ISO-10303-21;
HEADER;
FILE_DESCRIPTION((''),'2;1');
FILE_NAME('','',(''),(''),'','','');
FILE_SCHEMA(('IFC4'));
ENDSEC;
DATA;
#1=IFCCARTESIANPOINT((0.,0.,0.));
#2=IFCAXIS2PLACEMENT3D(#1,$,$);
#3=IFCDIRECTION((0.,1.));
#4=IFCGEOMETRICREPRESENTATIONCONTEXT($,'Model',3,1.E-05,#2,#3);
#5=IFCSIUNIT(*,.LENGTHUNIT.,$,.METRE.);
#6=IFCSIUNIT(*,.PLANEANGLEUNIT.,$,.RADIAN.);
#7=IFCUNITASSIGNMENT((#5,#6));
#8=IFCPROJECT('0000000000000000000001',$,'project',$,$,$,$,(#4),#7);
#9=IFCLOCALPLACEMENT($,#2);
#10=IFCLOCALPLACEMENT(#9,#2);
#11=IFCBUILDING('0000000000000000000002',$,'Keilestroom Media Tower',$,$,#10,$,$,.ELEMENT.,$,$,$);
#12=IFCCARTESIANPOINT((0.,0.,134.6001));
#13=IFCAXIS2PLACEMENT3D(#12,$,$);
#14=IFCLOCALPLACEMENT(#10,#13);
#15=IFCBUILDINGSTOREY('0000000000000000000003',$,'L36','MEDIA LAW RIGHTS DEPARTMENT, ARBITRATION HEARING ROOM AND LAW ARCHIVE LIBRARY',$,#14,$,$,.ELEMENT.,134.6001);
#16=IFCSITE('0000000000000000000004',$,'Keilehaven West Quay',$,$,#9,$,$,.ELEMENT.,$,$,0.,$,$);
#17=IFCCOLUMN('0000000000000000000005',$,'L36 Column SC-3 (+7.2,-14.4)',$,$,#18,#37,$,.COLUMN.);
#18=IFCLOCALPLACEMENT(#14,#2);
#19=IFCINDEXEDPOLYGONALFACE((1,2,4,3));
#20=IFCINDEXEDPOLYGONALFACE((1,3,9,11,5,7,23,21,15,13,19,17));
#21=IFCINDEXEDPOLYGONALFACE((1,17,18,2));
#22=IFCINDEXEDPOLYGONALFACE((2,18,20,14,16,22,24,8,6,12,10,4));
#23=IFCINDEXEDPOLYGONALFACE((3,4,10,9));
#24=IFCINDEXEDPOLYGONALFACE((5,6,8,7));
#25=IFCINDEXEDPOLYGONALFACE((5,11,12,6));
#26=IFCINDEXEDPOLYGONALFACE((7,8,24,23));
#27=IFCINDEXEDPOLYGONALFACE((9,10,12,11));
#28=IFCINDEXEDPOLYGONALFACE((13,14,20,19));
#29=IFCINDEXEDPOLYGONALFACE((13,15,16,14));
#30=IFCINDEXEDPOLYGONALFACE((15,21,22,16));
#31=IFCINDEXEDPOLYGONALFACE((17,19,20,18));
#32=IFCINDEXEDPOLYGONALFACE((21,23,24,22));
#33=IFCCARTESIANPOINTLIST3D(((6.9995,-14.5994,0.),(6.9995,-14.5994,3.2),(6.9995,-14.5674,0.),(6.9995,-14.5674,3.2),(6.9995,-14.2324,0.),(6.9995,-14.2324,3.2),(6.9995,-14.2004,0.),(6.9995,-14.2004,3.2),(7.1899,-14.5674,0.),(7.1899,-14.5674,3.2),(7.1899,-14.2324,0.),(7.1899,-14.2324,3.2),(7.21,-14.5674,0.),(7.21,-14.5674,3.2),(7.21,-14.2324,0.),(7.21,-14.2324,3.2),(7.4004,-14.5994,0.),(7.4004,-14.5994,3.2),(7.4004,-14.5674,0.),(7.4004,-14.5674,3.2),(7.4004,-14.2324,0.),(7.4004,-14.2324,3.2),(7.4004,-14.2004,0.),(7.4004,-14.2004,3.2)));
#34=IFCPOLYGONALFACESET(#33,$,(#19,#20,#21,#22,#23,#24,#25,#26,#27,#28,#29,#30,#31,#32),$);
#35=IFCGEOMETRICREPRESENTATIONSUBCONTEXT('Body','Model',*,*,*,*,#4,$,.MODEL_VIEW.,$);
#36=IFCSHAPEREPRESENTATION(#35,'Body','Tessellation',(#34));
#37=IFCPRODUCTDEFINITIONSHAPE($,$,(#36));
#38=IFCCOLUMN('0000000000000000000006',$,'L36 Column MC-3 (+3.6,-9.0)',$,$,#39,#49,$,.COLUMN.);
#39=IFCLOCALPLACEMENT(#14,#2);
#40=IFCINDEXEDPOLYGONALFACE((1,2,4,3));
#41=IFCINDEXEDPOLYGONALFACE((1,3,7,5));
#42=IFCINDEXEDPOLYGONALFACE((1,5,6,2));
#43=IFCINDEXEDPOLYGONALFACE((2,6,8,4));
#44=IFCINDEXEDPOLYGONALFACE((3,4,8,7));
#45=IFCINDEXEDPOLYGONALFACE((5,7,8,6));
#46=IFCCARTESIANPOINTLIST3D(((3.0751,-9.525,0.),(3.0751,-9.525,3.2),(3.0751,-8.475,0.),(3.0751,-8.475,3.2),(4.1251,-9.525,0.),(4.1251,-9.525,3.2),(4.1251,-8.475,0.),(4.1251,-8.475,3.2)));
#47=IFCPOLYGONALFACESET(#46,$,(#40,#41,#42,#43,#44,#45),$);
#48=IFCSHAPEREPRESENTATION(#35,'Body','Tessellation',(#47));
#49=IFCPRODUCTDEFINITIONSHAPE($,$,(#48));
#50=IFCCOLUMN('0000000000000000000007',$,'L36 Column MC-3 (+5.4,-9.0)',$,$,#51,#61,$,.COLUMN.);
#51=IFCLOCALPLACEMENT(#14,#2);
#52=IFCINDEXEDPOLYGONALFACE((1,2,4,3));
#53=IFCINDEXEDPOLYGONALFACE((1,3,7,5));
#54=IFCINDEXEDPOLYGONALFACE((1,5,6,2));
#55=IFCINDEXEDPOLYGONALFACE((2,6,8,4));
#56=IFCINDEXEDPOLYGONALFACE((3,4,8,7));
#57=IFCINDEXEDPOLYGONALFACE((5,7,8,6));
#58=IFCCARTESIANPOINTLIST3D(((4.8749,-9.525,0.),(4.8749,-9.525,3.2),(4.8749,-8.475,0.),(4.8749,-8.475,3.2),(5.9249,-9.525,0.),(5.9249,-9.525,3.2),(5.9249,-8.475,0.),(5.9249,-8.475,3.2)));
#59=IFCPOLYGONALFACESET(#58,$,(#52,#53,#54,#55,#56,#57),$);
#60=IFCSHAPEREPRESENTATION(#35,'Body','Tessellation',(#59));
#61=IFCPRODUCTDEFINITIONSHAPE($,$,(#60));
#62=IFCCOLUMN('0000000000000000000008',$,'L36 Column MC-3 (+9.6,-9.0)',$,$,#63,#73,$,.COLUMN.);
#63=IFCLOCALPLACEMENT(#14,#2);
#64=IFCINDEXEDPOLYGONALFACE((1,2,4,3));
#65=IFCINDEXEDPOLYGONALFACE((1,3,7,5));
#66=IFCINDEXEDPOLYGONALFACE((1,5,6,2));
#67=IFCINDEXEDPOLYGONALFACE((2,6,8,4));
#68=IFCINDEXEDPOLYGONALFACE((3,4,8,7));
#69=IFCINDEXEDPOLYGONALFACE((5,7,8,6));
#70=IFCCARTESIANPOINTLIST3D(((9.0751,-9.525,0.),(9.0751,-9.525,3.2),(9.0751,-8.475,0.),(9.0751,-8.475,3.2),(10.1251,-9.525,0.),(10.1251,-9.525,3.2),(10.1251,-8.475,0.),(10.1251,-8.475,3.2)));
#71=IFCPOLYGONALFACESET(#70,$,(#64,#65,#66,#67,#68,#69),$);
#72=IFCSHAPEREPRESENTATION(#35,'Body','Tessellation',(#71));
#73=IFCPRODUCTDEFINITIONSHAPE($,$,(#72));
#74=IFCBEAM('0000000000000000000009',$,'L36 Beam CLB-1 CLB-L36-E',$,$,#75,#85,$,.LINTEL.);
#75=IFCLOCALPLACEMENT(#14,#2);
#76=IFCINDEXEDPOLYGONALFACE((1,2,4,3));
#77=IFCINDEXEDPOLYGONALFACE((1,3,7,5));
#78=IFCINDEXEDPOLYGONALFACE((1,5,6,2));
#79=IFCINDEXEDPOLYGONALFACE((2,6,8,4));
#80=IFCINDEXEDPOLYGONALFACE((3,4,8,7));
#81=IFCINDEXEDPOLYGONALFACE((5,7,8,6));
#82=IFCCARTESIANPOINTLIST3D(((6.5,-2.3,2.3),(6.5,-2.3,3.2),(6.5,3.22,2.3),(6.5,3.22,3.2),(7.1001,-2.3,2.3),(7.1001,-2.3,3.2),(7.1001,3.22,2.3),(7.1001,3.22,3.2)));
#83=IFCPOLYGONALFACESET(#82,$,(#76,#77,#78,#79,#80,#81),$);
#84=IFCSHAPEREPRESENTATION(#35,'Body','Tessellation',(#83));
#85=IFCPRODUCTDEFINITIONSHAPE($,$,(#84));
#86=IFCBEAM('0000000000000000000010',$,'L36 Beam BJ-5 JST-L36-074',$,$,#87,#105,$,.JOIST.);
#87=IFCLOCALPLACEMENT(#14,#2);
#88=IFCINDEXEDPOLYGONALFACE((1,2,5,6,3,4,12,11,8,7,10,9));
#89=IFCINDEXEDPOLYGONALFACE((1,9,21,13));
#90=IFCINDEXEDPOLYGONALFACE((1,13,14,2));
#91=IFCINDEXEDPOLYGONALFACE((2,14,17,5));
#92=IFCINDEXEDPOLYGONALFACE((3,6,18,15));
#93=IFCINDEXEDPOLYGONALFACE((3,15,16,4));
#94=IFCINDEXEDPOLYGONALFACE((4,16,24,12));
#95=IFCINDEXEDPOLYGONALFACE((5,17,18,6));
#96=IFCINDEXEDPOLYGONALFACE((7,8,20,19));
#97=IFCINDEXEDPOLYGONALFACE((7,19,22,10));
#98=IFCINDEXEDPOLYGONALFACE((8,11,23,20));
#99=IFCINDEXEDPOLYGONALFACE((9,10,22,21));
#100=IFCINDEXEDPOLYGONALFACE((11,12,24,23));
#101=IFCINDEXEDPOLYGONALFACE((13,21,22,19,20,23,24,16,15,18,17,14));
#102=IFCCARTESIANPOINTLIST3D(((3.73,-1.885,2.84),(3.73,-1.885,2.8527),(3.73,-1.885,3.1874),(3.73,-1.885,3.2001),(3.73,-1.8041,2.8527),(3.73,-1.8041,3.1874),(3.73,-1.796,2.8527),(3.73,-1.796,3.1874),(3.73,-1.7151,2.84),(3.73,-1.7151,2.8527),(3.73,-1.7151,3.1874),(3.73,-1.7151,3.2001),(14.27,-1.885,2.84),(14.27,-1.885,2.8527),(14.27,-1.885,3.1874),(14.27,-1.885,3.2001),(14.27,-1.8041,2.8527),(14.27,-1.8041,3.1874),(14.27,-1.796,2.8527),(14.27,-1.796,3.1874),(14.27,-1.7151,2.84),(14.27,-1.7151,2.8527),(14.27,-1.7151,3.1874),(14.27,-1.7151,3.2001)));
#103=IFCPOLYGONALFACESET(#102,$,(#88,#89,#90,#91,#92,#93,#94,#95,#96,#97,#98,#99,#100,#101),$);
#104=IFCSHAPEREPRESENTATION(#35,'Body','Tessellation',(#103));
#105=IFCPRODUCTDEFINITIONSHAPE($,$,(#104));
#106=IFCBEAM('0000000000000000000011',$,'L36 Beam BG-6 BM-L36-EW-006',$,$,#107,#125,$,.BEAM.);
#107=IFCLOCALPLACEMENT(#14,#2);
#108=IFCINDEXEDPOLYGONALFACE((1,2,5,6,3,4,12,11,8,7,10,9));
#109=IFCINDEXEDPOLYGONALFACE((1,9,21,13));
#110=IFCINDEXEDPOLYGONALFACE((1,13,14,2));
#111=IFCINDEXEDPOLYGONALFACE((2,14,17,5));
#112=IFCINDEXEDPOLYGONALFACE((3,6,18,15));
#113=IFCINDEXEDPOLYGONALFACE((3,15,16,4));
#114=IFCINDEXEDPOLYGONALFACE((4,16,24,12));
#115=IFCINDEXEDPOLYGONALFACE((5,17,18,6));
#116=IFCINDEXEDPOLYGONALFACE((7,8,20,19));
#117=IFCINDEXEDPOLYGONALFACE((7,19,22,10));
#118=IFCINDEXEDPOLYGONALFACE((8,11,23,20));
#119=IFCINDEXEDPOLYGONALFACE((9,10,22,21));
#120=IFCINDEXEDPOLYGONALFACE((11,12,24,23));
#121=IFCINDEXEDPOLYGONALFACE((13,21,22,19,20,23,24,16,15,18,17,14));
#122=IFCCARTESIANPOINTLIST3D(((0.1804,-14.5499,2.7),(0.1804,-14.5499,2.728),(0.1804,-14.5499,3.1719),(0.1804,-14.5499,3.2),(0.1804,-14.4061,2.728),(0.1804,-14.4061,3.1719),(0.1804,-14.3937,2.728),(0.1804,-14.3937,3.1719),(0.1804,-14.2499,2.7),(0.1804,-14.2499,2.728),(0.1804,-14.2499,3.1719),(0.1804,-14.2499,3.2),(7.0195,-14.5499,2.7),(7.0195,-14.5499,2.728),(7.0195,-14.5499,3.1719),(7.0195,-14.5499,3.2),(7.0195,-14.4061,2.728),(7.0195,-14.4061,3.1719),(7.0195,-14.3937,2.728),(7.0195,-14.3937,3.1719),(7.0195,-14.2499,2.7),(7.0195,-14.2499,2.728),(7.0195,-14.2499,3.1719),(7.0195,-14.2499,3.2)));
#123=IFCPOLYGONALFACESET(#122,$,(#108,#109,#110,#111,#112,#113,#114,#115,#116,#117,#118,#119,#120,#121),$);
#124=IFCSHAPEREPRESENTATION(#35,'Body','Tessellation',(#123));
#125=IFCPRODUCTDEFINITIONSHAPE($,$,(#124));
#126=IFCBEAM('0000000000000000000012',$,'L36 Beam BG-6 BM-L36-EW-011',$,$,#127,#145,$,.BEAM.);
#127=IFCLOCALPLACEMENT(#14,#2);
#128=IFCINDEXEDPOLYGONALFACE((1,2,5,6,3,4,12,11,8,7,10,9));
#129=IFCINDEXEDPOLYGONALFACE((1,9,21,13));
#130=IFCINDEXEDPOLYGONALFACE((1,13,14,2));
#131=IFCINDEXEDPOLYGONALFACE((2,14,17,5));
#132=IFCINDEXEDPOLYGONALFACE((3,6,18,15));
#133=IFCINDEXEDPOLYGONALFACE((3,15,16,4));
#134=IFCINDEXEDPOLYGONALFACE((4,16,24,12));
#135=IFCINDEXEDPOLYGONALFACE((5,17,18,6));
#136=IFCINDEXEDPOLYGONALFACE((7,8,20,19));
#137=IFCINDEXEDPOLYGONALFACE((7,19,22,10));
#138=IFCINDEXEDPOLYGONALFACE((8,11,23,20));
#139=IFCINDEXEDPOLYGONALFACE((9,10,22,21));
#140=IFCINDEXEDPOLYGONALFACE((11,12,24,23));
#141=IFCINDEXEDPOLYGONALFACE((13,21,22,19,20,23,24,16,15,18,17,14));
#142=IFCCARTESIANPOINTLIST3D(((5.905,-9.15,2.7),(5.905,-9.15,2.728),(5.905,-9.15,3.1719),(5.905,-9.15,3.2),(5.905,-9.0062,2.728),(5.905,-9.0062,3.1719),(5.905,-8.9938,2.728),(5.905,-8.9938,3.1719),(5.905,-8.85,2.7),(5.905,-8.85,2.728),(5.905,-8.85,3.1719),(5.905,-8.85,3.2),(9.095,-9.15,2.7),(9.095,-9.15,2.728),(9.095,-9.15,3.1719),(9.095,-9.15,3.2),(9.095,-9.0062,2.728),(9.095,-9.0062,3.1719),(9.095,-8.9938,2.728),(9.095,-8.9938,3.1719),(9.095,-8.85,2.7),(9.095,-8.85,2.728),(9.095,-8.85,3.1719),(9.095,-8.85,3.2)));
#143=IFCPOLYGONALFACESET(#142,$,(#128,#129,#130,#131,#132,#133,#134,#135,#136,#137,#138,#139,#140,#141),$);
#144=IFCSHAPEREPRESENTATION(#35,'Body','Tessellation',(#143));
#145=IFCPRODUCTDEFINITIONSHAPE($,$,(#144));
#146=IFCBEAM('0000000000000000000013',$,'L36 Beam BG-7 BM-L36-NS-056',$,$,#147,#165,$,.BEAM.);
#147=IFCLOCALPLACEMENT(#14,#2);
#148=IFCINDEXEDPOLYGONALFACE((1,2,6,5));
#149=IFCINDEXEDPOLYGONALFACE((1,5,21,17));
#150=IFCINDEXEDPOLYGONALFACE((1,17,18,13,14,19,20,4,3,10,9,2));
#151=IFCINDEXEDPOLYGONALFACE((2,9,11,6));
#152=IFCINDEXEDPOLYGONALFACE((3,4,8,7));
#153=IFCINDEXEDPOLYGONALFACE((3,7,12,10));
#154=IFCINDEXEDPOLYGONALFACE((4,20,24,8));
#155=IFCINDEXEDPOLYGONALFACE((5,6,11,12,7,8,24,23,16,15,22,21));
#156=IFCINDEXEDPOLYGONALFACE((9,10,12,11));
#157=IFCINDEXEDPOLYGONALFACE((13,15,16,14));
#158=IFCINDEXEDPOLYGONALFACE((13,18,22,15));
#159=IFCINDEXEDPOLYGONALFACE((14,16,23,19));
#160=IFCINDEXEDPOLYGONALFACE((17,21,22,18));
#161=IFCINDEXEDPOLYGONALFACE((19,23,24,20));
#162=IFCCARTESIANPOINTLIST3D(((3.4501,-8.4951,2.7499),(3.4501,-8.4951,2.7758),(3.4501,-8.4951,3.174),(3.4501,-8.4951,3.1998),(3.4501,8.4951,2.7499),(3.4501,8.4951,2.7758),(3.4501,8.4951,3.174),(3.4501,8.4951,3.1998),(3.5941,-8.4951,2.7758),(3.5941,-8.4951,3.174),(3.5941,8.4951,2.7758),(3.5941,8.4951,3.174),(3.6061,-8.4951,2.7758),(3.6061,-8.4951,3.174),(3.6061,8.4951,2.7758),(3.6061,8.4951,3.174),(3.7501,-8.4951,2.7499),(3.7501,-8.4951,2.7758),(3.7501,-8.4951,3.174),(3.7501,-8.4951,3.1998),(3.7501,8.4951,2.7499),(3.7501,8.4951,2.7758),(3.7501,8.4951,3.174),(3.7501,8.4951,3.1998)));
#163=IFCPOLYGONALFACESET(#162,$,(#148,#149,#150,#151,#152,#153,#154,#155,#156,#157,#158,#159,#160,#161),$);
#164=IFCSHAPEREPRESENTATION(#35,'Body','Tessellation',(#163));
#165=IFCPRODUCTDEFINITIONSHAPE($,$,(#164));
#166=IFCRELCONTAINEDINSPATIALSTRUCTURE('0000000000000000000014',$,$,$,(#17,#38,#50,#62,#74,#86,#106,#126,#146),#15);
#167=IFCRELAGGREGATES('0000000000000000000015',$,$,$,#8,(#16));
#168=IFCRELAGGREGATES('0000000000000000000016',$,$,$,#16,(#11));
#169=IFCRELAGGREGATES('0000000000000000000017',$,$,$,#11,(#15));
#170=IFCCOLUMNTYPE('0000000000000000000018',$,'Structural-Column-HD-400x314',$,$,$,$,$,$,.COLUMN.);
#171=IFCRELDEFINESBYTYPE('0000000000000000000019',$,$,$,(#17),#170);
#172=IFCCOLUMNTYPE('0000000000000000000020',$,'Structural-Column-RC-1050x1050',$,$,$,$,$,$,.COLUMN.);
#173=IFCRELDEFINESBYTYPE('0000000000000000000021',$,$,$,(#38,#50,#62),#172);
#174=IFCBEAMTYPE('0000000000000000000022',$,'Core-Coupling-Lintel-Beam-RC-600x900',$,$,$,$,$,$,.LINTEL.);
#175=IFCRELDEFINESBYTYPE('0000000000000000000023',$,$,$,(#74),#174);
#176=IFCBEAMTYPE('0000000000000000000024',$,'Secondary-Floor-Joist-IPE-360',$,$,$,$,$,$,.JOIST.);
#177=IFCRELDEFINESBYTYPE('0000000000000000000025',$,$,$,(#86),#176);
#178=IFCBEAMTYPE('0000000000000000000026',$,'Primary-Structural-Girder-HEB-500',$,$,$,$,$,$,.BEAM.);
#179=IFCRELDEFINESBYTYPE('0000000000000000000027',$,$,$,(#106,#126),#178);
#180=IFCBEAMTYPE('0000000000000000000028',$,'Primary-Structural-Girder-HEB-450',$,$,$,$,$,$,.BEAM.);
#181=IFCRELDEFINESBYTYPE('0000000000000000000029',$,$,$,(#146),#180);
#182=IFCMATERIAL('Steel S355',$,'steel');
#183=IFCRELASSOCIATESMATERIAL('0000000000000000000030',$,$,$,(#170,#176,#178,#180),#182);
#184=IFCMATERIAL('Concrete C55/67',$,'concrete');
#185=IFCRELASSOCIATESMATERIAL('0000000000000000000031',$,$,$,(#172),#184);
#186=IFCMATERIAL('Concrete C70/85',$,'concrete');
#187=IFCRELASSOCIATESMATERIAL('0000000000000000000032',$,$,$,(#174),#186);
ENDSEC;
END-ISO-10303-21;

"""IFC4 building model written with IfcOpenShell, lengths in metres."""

from ifc_helpers import new_model, si_unit, direction, frame, origin, origin_2d, place, context, subcontext, project, spatial, rectangle, i_section, extrude, source, transform, mapped, material, material_profile, profile_set, type_object, element, save


model = new_model("IFC4")

# Units and contexts
model_context = context("Model", 3, precision=1e-05, world=origin(), true_north=direction((0.0, 1.0)))
body_context = subcontext(model_context, "Body", "Model", "MODEL_VIEW")
ifc_project = project(units=[si_unit("LENGTHUNIT", "METRE"), si_unit("PLANEANGLEUNIT", "RADIAN")], contexts=[model_context])

# Site, building, storey
site_placement = place(None, origin())
site = spatial("IfcSite", under=ifc_project, at=site_placement, Name="Keilehaven West Quay", CompositionType="ELEMENT", RefElevation=0.0)
building_placement = place(site_placement, origin())
building = spatial("IfcBuilding", under=site, at=building_placement, Name="Keilestroom Media Tower", CompositionType="ELEMENT")
storey_placement = place(building_placement, frame((0.0, 0.0, 134.6001)))
storey = spatial("IfcBuildingStorey", under=building, at=storey_placement, Name="L36", Description="MEDIA LAW RIGHTS DEPARTMENT, ARBITRATION HEARING ROOM AND LAW ARCHIVE LIBRARY", CompositionType="ELEMENT", Elevation=134.6001)

# Columns
ifc_material_1 = material(Name="Steel S355", Category="steel")
ifc_material_profile_1 = material_profile(ifc_material_1, i_section(OverallWidth=0.4009, OverallDepth=0.3989, WebThickness=0.02, FlangeThickness=0.032, at=origin_2d()), Name="HD 400x314")
ifc_profile_set_1 = profile_set([ifc_material_profile_1], Name="Steel S355")
column_type_1 = type_object("IfcColumnType", Name="Structural-Column-HD-400x314", PredefinedType="COLUMN", material=ifc_profile_set_1)
shared_shape_1 = source(origin(), body_context, "Body", "SweptSolid", [
    extrude(i_section(OverallWidth=0.4009, OverallDepth=0.3989, WebThickness=0.02, FlangeThickness=0.032, at=origin_2d()), origin(), (0.0, 0.0, 1.0), 3.2),
])
column_placement = place(storey_placement, frame((7.2, -14.3999, 0.0), z_axis=(0.0, 0.0, 1.0), x_axis=(1.0, 0.0, 0.0)))
element("IfcColumn", 1, at=column_placement, inside=storey, type_object=column_type_1, Name="L36 Column SC-3 (+7.2,-14.4)", PredefinedType="COLUMN", context=body_context, shape_type="MappedRepresentation", body=[
    mapped(shared_shape_1, transform((0.0, 0.0, 0.0), x_axis=(1.0, 0.0, 0.0), y_axis=(0.0, 1.0, 0.0), z_axis=(0.0, 0.0, 1.0), scale=1.0)),
])
ifc_material_2 = material(Name="Concrete C55/67", Category="concrete")
ifc_material_profile_2 = material_profile(ifc_material_2, rectangle(XDim=1.05, YDim=1.05, at=origin_2d()), Name="RC 1050x1050")
ifc_profile_set_2 = profile_set([ifc_material_profile_2], Name="Concrete C55/67")
column_type_2 = type_object("IfcColumnType", Name="Structural-Column-RC-1050x1050", PredefinedType="COLUMN", material=ifc_profile_set_2)
shared_shape_2 = source(origin(), body_context, "Body", "SweptSolid", [
    extrude(rectangle(XDim=1.05, YDim=1.05, at=origin_2d()), origin(), (0.0, 0.0, 1.0), 3.2),
])
for number, where, z_axis, x_axis, name in (
    (2, (3.6001, -9.0, 0.0), (0.0, 0.0, 1.0), (1.0, 0.0, 0.0), "L36 Column MC-3 (+3.6,-9.0)"),
    (3, (5.3999, -9.0, 0.0), (0.0, 0.0, 1.0), (1.0, 0.0, 0.0), "L36 Column MC-3 (+5.4,-9.0)"),
    (4, (9.6001, -9.0, 0.0), (0.0, 0.0, 1.0), (1.0, 0.0, 0.0), "L36 Column MC-3 (+9.6,-9.0)"),
):
    element("IfcColumn", number, at=place(storey_placement, frame(where, z_axis=z_axis, x_axis=x_axis)), inside=storey, type_object=column_type_2, Name=name, PredefinedType="COLUMN", context=body_context, shape_type="MappedRepresentation", body=[
        mapped(shared_shape_2, transform((0.0, 0.0, 0.0), x_axis=(1.0, 0.0, 0.0), y_axis=(0.0, 1.0, 0.0), z_axis=(0.0, 0.0, 1.0), scale=1.0)),
    ])

# Beams
ifc_material_3 = material(Name="Concrete C70/85", Category="concrete")
ifc_material_profile_3 = material_profile(ifc_material_3, rectangle(XDim=0.6001, YDim=0.8999, at=origin_2d()), Name="RC 600x900")
ifc_profile_set_3 = profile_set([ifc_material_profile_3], Name="Concrete C70/85")
beam_type_1 = type_object("IfcBeamType", Name="Core-Coupling-Lintel-Beam-RC-600x900", PredefinedType="LINTEL", material=ifc_profile_set_3)
shared_shape_3 = source(origin(), body_context, "Body", "SweptSolid", [
    extrude(rectangle(XDim=0.6001, YDim=0.8999, at=origin_2d()), origin(), (0.0, 0.0, 1.0), 5.52),
])
beam_1_placement = place(storey_placement, frame((6.8, -2.3, 2.75), z_axis=(0.0, 1.0, 0.0), x_axis=(-1.0, 0.0, 0.0)))
element("IfcBeam", 5, at=beam_1_placement, inside=storey, type_object=beam_type_1, Name="L36 Beam CLB-1 CLB-L36-E", PredefinedType="LINTEL", context=body_context, shape_type="MappedRepresentation", body=[
    mapped(shared_shape_3, transform((0.0, 0.0, 0.0), x_axis=(1.0, 0.0, 0.0), y_axis=(0.0, 1.0, 0.0), z_axis=(0.0, 0.0, 1.0), scale=1.0)),
])
ifc_material_profile_4 = material_profile(ifc_material_1, i_section(OverallWidth=0.1699, OverallDepth=0.3601, WebThickness=0.0081, FlangeThickness=0.0127, at=origin_2d()), Name="IPE 360")
ifc_profile_set_4 = profile_set([ifc_material_profile_4], Name="Steel S355")
beam_type_2 = type_object("IfcBeamType", Name="Secondary-Floor-Joist-IPE-360", PredefinedType="JOIST", material=ifc_profile_set_4)
shared_shape_4 = source(origin(), body_context, "Body", "SweptSolid", [
    extrude(i_section(OverallWidth=0.1699, OverallDepth=0.3601, WebThickness=0.0081, FlangeThickness=0.0127, at=origin_2d()), origin(), (0.0, 0.0, 1.0), 10.54),
])
beam_2_placement = place(storey_placement, frame((3.73, -1.8, 3.02), z_axis=(1.0, 0.0, 0.0), x_axis=(0.0, 1.0, 0.0)))
element("IfcBeam", 6, at=beam_2_placement, inside=storey, type_object=beam_type_2, Name="L36 Beam BJ-5 JST-L36-074", PredefinedType="JOIST", context=body_context, shape_type="MappedRepresentation", body=[
    mapped(shared_shape_4, transform((0.0, 0.0, 0.0), x_axis=(1.0, 0.0, 0.0), y_axis=(0.0, 1.0, 0.0), z_axis=(0.0, 0.0, 1.0), scale=1.0)),
])
ifc_material_profile_5 = material_profile(ifc_material_1, i_section(OverallWidth=0.3, OverallDepth=0.5, WebThickness=0.0125, FlangeThickness=0.0281, at=origin_2d()), Name="HEB 500")
ifc_profile_set_5 = profile_set([ifc_material_profile_5], Name="Steel S355")
beam_type_3 = type_object("IfcBeamType", Name="Primary-Structural-Girder-HEB-500", PredefinedType="BEAM", material=ifc_profile_set_5)
shared_shape_5 = source(origin(), body_context, "Body", "SweptSolid", [
    extrude(i_section(OverallWidth=0.3, OverallDepth=0.5, WebThickness=0.0125, FlangeThickness=0.0281, at=origin_2d()), origin(), (0.0, 0.0, 1.0), 6.8391),
])
beam_3_placement = place(storey_placement, frame((0.1804, -14.3999, 2.95), z_axis=(1.0, 0.0, 0.0), x_axis=(0.0, 1.0, 0.0)))
element("IfcBeam", 7, at=beam_3_placement, inside=storey, type_object=beam_type_3, Name="L36 Beam BG-6 BM-L36-EW-006", PredefinedType="BEAM", context=body_context, shape_type="MappedRepresentation", body=[
    mapped(shared_shape_5, transform((0.0, 0.0, 0.0), x_axis=(1.0, 0.0, 0.0), y_axis=(0.0, 1.0, 0.0), z_axis=(0.0, 0.0, 1.0), scale=1.0)),
])
shared_shape_6 = source(origin(), body_context, "Body", "SweptSolid", [
    extrude(i_section(OverallWidth=0.3, OverallDepth=0.5, WebThickness=0.0125, FlangeThickness=0.0281, at=origin_2d()), origin(), (0.0, 0.0, 1.0), 3.1899),
])
beam_4_placement = place(storey_placement, frame((5.905, -9.0, 2.95), z_axis=(1.0, 0.0, 0.0), x_axis=(0.0, 1.0, 0.0)))
element("IfcBeam", 8, at=beam_4_placement, inside=storey, type_object=beam_type_3, Name="L36 Beam BG-6 BM-L36-EW-011", PredefinedType="BEAM", context=body_context, shape_type="MappedRepresentation", body=[
    mapped(shared_shape_6, transform((0.0, 0.0, 0.0), x_axis=(1.0, 0.0, 0.0), y_axis=(0.0, 1.0, 0.0), z_axis=(0.0, 0.0, 1.0), scale=1.0)),
])
ifc_material_profile_6 = material_profile(ifc_material_1, i_section(OverallWidth=0.3, OverallDepth=0.45, WebThickness=0.012, FlangeThickness=0.0259, at=origin_2d()), Name="HEB 450")
ifc_profile_set_6 = profile_set([ifc_material_profile_6], Name="Steel S355")
beam_type_4 = type_object("IfcBeamType", Name="Primary-Structural-Girder-HEB-450", PredefinedType="BEAM", material=ifc_profile_set_6)
shared_shape_7 = source(origin(), body_context, "Body", "SweptSolid", [
    extrude(i_section(OverallWidth=0.3, OverallDepth=0.45, WebThickness=0.012, FlangeThickness=0.0259, at=origin_2d()), origin(), (0.0, 0.0, 1.0), 16.9902),
])
beam_5_placement = place(storey_placement, frame((3.6001, -8.4951, 2.9749), z_axis=(0.0, 1.0, 0.0), x_axis=(-1.0, 0.0, 0.0)))
element("IfcBeam", 9, at=beam_5_placement, inside=storey, type_object=beam_type_4, Name="L36 Beam BG-7 BM-L36-NS-056", PredefinedType="BEAM", context=body_context, shape_type="MappedRepresentation", body=[
    mapped(shared_shape_7, transform((0.0, 0.0, 0.0), x_axis=(1.0, 0.0, 0.0), y_axis=(0.0, 1.0, 0.0), z_axis=(0.0, 0.0, 1.0), scale=1.0)),
])

save(model, "model.ifc")
